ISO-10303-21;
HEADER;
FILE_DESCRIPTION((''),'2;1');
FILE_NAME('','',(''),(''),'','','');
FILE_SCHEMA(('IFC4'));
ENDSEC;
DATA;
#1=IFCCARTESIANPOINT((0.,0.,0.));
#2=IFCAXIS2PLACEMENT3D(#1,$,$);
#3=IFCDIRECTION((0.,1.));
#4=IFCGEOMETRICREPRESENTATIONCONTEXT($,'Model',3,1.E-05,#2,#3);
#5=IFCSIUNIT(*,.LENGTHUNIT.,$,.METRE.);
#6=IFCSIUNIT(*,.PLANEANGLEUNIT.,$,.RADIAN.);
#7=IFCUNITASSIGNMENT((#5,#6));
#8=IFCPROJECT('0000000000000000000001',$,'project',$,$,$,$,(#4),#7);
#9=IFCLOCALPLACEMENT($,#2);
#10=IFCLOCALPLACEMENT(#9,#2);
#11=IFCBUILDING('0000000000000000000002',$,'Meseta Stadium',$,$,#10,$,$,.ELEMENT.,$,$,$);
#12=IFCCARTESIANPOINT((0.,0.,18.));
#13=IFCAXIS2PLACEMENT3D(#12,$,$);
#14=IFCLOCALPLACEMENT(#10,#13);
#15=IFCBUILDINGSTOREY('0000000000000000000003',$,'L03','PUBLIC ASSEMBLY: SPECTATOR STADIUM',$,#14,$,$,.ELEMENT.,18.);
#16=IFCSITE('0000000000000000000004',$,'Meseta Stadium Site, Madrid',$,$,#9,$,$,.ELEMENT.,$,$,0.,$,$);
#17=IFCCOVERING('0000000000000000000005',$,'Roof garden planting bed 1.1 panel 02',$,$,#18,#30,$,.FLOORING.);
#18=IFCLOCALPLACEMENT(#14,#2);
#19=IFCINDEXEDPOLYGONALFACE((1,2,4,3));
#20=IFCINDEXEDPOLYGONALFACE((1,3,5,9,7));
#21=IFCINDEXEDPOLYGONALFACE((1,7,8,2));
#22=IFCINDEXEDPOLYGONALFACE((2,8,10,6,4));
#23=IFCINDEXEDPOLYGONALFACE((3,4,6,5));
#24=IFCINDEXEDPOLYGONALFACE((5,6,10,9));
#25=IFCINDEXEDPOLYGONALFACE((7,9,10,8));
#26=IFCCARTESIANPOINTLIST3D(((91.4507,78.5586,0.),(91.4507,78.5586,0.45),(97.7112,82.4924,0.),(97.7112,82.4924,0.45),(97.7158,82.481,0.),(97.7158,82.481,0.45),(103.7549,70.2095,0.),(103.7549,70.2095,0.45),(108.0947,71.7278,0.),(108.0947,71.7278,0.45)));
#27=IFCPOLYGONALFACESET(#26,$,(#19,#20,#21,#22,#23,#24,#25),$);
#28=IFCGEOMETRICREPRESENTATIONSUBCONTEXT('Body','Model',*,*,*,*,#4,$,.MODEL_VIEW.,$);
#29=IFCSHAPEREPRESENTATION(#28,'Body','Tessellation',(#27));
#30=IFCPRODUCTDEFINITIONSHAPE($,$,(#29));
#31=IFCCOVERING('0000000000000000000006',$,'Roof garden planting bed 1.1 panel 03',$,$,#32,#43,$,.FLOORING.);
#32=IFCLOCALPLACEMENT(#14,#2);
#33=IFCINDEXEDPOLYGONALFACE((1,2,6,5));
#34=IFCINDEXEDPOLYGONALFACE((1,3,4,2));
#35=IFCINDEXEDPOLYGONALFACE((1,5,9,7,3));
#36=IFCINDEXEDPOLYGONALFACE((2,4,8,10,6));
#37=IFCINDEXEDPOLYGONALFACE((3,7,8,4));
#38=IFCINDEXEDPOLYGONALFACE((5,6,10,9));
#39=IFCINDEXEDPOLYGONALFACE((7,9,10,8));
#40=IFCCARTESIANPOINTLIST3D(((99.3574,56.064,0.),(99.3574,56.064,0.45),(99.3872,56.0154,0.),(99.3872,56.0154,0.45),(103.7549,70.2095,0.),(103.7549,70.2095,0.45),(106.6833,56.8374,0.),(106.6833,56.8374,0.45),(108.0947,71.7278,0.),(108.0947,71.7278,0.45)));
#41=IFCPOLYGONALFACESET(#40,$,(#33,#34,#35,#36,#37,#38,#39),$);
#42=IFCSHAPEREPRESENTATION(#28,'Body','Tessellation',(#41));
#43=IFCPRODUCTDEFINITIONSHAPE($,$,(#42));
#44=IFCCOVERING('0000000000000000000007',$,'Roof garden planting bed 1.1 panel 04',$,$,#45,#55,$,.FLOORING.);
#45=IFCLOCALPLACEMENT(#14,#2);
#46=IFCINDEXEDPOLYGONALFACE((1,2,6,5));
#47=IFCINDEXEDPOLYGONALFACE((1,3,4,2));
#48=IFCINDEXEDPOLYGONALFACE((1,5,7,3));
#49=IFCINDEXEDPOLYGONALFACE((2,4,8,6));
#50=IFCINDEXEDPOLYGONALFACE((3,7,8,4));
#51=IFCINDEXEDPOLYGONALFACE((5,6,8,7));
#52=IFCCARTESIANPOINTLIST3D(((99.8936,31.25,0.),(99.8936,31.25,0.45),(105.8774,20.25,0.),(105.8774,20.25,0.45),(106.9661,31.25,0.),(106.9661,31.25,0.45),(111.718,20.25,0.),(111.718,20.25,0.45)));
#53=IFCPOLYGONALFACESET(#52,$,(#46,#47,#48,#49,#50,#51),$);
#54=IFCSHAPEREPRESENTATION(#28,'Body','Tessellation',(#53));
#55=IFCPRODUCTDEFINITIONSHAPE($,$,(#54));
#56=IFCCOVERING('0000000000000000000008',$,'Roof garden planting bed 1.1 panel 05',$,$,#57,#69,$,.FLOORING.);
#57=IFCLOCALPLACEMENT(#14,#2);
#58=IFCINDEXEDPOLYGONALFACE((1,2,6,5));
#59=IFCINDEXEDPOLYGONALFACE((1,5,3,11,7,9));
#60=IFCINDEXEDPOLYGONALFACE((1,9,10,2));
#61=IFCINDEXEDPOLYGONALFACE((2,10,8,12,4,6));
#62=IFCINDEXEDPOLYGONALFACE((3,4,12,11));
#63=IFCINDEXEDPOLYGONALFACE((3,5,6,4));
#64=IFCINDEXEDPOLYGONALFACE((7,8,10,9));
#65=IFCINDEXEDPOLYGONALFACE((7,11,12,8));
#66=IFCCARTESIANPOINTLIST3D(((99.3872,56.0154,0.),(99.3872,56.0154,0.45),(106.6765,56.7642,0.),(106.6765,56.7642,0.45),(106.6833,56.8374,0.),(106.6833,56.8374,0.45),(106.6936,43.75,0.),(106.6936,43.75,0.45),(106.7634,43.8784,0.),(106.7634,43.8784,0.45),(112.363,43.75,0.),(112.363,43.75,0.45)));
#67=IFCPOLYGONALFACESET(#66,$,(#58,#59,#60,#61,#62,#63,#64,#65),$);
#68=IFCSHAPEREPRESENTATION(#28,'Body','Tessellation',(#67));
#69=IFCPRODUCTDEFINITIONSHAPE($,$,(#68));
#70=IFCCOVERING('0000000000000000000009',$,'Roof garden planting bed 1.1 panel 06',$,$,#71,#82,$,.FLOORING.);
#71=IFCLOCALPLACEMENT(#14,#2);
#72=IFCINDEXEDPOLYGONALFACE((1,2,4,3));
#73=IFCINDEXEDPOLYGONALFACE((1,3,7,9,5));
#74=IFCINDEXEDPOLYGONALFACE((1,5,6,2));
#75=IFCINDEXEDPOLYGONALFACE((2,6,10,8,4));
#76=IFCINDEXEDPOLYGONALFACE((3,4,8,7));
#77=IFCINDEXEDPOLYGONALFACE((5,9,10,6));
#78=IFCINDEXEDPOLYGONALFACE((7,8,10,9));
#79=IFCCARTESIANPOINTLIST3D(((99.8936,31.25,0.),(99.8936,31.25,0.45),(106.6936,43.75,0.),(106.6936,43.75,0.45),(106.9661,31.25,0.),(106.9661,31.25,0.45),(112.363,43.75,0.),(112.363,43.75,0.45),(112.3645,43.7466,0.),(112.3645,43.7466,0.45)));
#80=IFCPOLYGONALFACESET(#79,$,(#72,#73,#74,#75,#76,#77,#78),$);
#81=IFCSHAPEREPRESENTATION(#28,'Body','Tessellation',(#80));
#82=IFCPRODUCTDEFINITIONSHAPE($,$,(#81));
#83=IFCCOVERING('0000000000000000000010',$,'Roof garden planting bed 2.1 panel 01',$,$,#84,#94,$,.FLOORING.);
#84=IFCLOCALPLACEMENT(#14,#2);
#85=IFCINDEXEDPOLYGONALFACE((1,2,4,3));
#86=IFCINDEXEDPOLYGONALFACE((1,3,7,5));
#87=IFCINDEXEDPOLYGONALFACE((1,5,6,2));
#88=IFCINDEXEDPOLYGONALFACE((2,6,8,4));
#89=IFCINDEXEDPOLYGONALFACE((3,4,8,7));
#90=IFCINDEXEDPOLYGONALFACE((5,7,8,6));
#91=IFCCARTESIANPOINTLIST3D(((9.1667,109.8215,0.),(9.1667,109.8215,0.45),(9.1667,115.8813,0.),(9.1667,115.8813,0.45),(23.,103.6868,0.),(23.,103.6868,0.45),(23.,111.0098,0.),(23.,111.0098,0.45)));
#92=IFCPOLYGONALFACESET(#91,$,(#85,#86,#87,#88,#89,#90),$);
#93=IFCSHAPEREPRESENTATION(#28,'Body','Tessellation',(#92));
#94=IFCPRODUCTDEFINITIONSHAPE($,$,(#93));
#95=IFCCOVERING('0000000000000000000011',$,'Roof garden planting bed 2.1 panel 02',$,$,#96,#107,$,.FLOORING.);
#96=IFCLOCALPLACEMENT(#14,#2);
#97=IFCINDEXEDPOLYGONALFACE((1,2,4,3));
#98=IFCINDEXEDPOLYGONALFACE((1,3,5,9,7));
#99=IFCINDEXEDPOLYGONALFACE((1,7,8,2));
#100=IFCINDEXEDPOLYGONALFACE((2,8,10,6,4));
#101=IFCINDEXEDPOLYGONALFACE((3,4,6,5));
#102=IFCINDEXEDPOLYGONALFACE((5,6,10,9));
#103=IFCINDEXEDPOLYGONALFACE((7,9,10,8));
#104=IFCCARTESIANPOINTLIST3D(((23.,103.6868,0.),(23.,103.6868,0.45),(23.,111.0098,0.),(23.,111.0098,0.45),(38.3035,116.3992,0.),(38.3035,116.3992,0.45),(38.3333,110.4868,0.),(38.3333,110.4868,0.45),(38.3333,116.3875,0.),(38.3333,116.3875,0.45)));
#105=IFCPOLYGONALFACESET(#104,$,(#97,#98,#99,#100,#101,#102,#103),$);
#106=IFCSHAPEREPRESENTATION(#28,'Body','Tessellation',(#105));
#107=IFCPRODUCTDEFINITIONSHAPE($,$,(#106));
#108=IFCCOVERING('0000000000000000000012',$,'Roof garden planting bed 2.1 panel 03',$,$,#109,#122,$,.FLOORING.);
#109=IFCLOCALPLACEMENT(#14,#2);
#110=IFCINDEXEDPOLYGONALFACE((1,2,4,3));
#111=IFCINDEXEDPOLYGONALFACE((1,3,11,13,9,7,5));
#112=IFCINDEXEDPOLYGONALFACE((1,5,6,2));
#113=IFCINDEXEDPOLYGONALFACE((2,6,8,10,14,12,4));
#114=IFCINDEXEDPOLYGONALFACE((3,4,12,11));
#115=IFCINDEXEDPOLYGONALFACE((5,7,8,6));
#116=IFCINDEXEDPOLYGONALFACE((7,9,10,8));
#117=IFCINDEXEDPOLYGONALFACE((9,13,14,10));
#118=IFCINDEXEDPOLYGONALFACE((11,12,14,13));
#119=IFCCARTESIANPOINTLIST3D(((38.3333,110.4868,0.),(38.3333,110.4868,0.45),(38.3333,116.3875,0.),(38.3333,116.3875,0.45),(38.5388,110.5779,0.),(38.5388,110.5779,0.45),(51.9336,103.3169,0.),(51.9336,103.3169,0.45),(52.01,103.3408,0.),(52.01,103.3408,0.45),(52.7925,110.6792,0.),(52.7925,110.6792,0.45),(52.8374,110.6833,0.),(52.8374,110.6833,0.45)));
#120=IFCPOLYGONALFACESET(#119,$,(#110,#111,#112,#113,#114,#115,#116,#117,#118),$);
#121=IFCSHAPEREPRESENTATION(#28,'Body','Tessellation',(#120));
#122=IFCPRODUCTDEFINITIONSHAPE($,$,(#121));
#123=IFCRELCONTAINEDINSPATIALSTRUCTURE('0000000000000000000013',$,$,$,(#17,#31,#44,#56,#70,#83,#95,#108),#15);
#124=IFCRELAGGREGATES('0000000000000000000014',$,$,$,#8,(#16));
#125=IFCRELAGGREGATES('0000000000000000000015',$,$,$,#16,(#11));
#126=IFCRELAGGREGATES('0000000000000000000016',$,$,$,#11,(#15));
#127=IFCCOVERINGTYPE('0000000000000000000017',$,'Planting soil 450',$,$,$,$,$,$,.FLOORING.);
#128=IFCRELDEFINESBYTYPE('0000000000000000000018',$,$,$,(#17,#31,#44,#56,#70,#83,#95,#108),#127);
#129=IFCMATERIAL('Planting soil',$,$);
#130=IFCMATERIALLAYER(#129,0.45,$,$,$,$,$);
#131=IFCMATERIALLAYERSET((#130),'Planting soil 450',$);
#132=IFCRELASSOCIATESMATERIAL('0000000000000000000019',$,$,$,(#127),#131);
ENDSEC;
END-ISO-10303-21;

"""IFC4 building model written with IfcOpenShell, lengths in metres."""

from ifc_helpers import new_model, si_unit, direction, frame, origin, place, context, subcontext, project, spatial, polyline, outline, extrude, material, layer, layer_set, type_object, element, save


model = new_model("IFC4")

# Units and contexts
model_context = context("Model", 3, precision=1e-05, world=origin(), true_north=direction((0.0, 1.0)))
body_context = subcontext(model_context, "Body", "Model", "MODEL_VIEW")
ifc_project = project(units=[si_unit("LENGTHUNIT", "METRE"), si_unit("PLANEANGLEUNIT", "RADIAN")], contexts=[model_context])

# Site, building, storey
site_placement = place(None, origin())
site = spatial("IfcSite", under=ifc_project, at=site_placement, Name="Meseta Stadium Site, Madrid", CompositionType="ELEMENT", RefElevation=0.0)
building_placement = place(site_placement, origin())
building = spatial("IfcBuilding", under=site, at=building_placement, Name="Meseta Stadium", CompositionType="ELEMENT")
storey_placement = place(building_placement, frame((0.0, 0.0, 18.0)))
storey = spatial("IfcBuildingStorey", under=building, at=storey_placement, Name="L03", Description="PUBLIC ASSEMBLY: SPECTATOR STADIUM", CompositionType="ELEMENT", Elevation=18.0)

# Coverings
ifc_material_1 = material(Name="Planting soil")
ifc_layer_1 = layer(ifc_material_1, 0.45)
ifc_layer_set_1 = layer_set([ifc_layer_1], Name="Planting soil 450")
covering_type = type_object("IfcCoveringType", Name="Planting soil 450", PredefinedType="FLOORING", material=ifc_layer_set_1)
covering_1_placement = place(storey_placement, origin())
element("IfcCovering", 1, at=covering_1_placement, inside=storey, type_object=covering_type, Name="Roof garden planting bed 1.1 panel 02", PredefinedType="FLOORING", context=body_context, shape_type="SweptSolid", body=[
    extrude(outline(polyline([(91.4507, 78.5586), (103.7549, 70.2095), (108.0947, 71.7278), (97.7158, 82.481), (97.7112, 82.4924), (91.4507, 78.5586)])), origin(), (0.0, 0.0, 1.0), 0.45),
])
covering_2_placement = place(storey_placement, origin())
element("IfcCovering", 2, at=covering_2_placement, inside=storey, type_object=covering_type, Name="Roof garden planting bed 1.1 panel 03", PredefinedType="FLOORING", context=body_context, shape_type="SweptSolid", body=[
    extrude(outline(polyline([(108.0947, 71.7278), (103.7549, 70.2095), (99.3574, 56.064), (99.3872, 56.0154), (106.6833, 56.8374), (108.0947, 71.7278)])), origin(), (0.0, 0.0, 1.0), 0.45),
])
covering_3_placement = place(storey_placement, origin())
element("IfcCovering", 3, at=covering_3_placement, inside=storey, type_object=covering_type, Name="Roof garden planting bed 1.1 panel 04", PredefinedType="FLOORING", context=body_context, shape_type="SweptSolid", body=[
    extrude(outline(polyline([(106.9661, 31.25), (99.8936, 31.25), (105.8774, 20.25), (111.718, 20.25), (106.9661, 31.25)])), origin(), (0.0, 0.0, 1.0), 0.45),
])
covering_4_placement = place(storey_placement, origin())
element("IfcCovering", 4, at=covering_4_placement, inside=storey, type_object=covering_type, Name="Roof garden planting bed 1.1 panel 05", PredefinedType="FLOORING", context=body_context, shape_type="SweptSolid", body=[
    extrude(outline(polyline([(106.6833, 56.8374), (99.3872, 56.0154), (106.7634, 43.8784), (106.6936, 43.75), (112.363, 43.75), (106.6765, 56.7642), (106.6833, 56.8374)])), origin(), (0.0, 0.0, 1.0), 0.45),
])
covering_5_placement = place(storey_placement, origin())
element("IfcCovering", 5, at=covering_5_placement, inside=storey, type_object=covering_type, Name="Roof garden planting bed 1.1 panel 06", PredefinedType="FLOORING", context=body_context, shape_type="SweptSolid", body=[
    extrude(outline(polyline([(106.6936, 43.75), (99.8936, 31.25), (106.9661, 31.25), (112.3645, 43.7466), (112.363, 43.75), (106.6936, 43.75)])), origin(), (0.0, 0.0, 1.0), 0.45),
])
covering_6_placement = place(storey_placement, origin())
element("IfcCovering", 6, at=covering_6_placement, inside=storey, type_object=covering_type, Name="Roof garden planting bed 2.1 panel 01", PredefinedType="FLOORING", context=body_context, shape_type="SweptSolid", body=[
    extrude(outline(polyline([(23.0, 103.6868), (23.0, 111.0098), (9.1667, 115.8813), (9.1667, 109.8215), (23.0, 103.6868)])), origin(), (0.0, 0.0, 1.0), 0.45),
])
covering_7_placement = place(storey_placement, origin())
element("IfcCovering", 7, at=covering_7_placement, inside=storey, type_object=covering_type, Name="Roof garden planting bed 2.1 panel 02", PredefinedType="FLOORING", context=body_context, shape_type="SweptSolid", body=[
    extrude(outline(polyline([(23.0, 103.6868), (38.3333, 110.4868), (38.3333, 116.3875), (38.3035, 116.3992), (23.0, 111.0098), (23.0, 103.6868)])), origin(), (0.0, 0.0, 1.0), 0.45),
])
covering_8_placement = place(storey_placement, origin())
element("IfcCovering", 8, at=covering_8_placement, inside=storey, type_object=covering_type, Name="Roof garden planting bed 2.1 panel 03", PredefinedType="FLOORING", context=body_context, shape_type="SweptSolid", body=[
    extrude(outline(polyline([(52.01, 103.3408), (52.8374, 110.6833), (52.7925, 110.6792), (38.3333, 116.3875), (38.3333, 110.4868), (38.5388, 110.5779), (51.9336, 103.3169), (52.01, 103.3408)])), origin(), (0.0, 0.0, 1.0), 0.45),
])

save(model, "model.ifc")
